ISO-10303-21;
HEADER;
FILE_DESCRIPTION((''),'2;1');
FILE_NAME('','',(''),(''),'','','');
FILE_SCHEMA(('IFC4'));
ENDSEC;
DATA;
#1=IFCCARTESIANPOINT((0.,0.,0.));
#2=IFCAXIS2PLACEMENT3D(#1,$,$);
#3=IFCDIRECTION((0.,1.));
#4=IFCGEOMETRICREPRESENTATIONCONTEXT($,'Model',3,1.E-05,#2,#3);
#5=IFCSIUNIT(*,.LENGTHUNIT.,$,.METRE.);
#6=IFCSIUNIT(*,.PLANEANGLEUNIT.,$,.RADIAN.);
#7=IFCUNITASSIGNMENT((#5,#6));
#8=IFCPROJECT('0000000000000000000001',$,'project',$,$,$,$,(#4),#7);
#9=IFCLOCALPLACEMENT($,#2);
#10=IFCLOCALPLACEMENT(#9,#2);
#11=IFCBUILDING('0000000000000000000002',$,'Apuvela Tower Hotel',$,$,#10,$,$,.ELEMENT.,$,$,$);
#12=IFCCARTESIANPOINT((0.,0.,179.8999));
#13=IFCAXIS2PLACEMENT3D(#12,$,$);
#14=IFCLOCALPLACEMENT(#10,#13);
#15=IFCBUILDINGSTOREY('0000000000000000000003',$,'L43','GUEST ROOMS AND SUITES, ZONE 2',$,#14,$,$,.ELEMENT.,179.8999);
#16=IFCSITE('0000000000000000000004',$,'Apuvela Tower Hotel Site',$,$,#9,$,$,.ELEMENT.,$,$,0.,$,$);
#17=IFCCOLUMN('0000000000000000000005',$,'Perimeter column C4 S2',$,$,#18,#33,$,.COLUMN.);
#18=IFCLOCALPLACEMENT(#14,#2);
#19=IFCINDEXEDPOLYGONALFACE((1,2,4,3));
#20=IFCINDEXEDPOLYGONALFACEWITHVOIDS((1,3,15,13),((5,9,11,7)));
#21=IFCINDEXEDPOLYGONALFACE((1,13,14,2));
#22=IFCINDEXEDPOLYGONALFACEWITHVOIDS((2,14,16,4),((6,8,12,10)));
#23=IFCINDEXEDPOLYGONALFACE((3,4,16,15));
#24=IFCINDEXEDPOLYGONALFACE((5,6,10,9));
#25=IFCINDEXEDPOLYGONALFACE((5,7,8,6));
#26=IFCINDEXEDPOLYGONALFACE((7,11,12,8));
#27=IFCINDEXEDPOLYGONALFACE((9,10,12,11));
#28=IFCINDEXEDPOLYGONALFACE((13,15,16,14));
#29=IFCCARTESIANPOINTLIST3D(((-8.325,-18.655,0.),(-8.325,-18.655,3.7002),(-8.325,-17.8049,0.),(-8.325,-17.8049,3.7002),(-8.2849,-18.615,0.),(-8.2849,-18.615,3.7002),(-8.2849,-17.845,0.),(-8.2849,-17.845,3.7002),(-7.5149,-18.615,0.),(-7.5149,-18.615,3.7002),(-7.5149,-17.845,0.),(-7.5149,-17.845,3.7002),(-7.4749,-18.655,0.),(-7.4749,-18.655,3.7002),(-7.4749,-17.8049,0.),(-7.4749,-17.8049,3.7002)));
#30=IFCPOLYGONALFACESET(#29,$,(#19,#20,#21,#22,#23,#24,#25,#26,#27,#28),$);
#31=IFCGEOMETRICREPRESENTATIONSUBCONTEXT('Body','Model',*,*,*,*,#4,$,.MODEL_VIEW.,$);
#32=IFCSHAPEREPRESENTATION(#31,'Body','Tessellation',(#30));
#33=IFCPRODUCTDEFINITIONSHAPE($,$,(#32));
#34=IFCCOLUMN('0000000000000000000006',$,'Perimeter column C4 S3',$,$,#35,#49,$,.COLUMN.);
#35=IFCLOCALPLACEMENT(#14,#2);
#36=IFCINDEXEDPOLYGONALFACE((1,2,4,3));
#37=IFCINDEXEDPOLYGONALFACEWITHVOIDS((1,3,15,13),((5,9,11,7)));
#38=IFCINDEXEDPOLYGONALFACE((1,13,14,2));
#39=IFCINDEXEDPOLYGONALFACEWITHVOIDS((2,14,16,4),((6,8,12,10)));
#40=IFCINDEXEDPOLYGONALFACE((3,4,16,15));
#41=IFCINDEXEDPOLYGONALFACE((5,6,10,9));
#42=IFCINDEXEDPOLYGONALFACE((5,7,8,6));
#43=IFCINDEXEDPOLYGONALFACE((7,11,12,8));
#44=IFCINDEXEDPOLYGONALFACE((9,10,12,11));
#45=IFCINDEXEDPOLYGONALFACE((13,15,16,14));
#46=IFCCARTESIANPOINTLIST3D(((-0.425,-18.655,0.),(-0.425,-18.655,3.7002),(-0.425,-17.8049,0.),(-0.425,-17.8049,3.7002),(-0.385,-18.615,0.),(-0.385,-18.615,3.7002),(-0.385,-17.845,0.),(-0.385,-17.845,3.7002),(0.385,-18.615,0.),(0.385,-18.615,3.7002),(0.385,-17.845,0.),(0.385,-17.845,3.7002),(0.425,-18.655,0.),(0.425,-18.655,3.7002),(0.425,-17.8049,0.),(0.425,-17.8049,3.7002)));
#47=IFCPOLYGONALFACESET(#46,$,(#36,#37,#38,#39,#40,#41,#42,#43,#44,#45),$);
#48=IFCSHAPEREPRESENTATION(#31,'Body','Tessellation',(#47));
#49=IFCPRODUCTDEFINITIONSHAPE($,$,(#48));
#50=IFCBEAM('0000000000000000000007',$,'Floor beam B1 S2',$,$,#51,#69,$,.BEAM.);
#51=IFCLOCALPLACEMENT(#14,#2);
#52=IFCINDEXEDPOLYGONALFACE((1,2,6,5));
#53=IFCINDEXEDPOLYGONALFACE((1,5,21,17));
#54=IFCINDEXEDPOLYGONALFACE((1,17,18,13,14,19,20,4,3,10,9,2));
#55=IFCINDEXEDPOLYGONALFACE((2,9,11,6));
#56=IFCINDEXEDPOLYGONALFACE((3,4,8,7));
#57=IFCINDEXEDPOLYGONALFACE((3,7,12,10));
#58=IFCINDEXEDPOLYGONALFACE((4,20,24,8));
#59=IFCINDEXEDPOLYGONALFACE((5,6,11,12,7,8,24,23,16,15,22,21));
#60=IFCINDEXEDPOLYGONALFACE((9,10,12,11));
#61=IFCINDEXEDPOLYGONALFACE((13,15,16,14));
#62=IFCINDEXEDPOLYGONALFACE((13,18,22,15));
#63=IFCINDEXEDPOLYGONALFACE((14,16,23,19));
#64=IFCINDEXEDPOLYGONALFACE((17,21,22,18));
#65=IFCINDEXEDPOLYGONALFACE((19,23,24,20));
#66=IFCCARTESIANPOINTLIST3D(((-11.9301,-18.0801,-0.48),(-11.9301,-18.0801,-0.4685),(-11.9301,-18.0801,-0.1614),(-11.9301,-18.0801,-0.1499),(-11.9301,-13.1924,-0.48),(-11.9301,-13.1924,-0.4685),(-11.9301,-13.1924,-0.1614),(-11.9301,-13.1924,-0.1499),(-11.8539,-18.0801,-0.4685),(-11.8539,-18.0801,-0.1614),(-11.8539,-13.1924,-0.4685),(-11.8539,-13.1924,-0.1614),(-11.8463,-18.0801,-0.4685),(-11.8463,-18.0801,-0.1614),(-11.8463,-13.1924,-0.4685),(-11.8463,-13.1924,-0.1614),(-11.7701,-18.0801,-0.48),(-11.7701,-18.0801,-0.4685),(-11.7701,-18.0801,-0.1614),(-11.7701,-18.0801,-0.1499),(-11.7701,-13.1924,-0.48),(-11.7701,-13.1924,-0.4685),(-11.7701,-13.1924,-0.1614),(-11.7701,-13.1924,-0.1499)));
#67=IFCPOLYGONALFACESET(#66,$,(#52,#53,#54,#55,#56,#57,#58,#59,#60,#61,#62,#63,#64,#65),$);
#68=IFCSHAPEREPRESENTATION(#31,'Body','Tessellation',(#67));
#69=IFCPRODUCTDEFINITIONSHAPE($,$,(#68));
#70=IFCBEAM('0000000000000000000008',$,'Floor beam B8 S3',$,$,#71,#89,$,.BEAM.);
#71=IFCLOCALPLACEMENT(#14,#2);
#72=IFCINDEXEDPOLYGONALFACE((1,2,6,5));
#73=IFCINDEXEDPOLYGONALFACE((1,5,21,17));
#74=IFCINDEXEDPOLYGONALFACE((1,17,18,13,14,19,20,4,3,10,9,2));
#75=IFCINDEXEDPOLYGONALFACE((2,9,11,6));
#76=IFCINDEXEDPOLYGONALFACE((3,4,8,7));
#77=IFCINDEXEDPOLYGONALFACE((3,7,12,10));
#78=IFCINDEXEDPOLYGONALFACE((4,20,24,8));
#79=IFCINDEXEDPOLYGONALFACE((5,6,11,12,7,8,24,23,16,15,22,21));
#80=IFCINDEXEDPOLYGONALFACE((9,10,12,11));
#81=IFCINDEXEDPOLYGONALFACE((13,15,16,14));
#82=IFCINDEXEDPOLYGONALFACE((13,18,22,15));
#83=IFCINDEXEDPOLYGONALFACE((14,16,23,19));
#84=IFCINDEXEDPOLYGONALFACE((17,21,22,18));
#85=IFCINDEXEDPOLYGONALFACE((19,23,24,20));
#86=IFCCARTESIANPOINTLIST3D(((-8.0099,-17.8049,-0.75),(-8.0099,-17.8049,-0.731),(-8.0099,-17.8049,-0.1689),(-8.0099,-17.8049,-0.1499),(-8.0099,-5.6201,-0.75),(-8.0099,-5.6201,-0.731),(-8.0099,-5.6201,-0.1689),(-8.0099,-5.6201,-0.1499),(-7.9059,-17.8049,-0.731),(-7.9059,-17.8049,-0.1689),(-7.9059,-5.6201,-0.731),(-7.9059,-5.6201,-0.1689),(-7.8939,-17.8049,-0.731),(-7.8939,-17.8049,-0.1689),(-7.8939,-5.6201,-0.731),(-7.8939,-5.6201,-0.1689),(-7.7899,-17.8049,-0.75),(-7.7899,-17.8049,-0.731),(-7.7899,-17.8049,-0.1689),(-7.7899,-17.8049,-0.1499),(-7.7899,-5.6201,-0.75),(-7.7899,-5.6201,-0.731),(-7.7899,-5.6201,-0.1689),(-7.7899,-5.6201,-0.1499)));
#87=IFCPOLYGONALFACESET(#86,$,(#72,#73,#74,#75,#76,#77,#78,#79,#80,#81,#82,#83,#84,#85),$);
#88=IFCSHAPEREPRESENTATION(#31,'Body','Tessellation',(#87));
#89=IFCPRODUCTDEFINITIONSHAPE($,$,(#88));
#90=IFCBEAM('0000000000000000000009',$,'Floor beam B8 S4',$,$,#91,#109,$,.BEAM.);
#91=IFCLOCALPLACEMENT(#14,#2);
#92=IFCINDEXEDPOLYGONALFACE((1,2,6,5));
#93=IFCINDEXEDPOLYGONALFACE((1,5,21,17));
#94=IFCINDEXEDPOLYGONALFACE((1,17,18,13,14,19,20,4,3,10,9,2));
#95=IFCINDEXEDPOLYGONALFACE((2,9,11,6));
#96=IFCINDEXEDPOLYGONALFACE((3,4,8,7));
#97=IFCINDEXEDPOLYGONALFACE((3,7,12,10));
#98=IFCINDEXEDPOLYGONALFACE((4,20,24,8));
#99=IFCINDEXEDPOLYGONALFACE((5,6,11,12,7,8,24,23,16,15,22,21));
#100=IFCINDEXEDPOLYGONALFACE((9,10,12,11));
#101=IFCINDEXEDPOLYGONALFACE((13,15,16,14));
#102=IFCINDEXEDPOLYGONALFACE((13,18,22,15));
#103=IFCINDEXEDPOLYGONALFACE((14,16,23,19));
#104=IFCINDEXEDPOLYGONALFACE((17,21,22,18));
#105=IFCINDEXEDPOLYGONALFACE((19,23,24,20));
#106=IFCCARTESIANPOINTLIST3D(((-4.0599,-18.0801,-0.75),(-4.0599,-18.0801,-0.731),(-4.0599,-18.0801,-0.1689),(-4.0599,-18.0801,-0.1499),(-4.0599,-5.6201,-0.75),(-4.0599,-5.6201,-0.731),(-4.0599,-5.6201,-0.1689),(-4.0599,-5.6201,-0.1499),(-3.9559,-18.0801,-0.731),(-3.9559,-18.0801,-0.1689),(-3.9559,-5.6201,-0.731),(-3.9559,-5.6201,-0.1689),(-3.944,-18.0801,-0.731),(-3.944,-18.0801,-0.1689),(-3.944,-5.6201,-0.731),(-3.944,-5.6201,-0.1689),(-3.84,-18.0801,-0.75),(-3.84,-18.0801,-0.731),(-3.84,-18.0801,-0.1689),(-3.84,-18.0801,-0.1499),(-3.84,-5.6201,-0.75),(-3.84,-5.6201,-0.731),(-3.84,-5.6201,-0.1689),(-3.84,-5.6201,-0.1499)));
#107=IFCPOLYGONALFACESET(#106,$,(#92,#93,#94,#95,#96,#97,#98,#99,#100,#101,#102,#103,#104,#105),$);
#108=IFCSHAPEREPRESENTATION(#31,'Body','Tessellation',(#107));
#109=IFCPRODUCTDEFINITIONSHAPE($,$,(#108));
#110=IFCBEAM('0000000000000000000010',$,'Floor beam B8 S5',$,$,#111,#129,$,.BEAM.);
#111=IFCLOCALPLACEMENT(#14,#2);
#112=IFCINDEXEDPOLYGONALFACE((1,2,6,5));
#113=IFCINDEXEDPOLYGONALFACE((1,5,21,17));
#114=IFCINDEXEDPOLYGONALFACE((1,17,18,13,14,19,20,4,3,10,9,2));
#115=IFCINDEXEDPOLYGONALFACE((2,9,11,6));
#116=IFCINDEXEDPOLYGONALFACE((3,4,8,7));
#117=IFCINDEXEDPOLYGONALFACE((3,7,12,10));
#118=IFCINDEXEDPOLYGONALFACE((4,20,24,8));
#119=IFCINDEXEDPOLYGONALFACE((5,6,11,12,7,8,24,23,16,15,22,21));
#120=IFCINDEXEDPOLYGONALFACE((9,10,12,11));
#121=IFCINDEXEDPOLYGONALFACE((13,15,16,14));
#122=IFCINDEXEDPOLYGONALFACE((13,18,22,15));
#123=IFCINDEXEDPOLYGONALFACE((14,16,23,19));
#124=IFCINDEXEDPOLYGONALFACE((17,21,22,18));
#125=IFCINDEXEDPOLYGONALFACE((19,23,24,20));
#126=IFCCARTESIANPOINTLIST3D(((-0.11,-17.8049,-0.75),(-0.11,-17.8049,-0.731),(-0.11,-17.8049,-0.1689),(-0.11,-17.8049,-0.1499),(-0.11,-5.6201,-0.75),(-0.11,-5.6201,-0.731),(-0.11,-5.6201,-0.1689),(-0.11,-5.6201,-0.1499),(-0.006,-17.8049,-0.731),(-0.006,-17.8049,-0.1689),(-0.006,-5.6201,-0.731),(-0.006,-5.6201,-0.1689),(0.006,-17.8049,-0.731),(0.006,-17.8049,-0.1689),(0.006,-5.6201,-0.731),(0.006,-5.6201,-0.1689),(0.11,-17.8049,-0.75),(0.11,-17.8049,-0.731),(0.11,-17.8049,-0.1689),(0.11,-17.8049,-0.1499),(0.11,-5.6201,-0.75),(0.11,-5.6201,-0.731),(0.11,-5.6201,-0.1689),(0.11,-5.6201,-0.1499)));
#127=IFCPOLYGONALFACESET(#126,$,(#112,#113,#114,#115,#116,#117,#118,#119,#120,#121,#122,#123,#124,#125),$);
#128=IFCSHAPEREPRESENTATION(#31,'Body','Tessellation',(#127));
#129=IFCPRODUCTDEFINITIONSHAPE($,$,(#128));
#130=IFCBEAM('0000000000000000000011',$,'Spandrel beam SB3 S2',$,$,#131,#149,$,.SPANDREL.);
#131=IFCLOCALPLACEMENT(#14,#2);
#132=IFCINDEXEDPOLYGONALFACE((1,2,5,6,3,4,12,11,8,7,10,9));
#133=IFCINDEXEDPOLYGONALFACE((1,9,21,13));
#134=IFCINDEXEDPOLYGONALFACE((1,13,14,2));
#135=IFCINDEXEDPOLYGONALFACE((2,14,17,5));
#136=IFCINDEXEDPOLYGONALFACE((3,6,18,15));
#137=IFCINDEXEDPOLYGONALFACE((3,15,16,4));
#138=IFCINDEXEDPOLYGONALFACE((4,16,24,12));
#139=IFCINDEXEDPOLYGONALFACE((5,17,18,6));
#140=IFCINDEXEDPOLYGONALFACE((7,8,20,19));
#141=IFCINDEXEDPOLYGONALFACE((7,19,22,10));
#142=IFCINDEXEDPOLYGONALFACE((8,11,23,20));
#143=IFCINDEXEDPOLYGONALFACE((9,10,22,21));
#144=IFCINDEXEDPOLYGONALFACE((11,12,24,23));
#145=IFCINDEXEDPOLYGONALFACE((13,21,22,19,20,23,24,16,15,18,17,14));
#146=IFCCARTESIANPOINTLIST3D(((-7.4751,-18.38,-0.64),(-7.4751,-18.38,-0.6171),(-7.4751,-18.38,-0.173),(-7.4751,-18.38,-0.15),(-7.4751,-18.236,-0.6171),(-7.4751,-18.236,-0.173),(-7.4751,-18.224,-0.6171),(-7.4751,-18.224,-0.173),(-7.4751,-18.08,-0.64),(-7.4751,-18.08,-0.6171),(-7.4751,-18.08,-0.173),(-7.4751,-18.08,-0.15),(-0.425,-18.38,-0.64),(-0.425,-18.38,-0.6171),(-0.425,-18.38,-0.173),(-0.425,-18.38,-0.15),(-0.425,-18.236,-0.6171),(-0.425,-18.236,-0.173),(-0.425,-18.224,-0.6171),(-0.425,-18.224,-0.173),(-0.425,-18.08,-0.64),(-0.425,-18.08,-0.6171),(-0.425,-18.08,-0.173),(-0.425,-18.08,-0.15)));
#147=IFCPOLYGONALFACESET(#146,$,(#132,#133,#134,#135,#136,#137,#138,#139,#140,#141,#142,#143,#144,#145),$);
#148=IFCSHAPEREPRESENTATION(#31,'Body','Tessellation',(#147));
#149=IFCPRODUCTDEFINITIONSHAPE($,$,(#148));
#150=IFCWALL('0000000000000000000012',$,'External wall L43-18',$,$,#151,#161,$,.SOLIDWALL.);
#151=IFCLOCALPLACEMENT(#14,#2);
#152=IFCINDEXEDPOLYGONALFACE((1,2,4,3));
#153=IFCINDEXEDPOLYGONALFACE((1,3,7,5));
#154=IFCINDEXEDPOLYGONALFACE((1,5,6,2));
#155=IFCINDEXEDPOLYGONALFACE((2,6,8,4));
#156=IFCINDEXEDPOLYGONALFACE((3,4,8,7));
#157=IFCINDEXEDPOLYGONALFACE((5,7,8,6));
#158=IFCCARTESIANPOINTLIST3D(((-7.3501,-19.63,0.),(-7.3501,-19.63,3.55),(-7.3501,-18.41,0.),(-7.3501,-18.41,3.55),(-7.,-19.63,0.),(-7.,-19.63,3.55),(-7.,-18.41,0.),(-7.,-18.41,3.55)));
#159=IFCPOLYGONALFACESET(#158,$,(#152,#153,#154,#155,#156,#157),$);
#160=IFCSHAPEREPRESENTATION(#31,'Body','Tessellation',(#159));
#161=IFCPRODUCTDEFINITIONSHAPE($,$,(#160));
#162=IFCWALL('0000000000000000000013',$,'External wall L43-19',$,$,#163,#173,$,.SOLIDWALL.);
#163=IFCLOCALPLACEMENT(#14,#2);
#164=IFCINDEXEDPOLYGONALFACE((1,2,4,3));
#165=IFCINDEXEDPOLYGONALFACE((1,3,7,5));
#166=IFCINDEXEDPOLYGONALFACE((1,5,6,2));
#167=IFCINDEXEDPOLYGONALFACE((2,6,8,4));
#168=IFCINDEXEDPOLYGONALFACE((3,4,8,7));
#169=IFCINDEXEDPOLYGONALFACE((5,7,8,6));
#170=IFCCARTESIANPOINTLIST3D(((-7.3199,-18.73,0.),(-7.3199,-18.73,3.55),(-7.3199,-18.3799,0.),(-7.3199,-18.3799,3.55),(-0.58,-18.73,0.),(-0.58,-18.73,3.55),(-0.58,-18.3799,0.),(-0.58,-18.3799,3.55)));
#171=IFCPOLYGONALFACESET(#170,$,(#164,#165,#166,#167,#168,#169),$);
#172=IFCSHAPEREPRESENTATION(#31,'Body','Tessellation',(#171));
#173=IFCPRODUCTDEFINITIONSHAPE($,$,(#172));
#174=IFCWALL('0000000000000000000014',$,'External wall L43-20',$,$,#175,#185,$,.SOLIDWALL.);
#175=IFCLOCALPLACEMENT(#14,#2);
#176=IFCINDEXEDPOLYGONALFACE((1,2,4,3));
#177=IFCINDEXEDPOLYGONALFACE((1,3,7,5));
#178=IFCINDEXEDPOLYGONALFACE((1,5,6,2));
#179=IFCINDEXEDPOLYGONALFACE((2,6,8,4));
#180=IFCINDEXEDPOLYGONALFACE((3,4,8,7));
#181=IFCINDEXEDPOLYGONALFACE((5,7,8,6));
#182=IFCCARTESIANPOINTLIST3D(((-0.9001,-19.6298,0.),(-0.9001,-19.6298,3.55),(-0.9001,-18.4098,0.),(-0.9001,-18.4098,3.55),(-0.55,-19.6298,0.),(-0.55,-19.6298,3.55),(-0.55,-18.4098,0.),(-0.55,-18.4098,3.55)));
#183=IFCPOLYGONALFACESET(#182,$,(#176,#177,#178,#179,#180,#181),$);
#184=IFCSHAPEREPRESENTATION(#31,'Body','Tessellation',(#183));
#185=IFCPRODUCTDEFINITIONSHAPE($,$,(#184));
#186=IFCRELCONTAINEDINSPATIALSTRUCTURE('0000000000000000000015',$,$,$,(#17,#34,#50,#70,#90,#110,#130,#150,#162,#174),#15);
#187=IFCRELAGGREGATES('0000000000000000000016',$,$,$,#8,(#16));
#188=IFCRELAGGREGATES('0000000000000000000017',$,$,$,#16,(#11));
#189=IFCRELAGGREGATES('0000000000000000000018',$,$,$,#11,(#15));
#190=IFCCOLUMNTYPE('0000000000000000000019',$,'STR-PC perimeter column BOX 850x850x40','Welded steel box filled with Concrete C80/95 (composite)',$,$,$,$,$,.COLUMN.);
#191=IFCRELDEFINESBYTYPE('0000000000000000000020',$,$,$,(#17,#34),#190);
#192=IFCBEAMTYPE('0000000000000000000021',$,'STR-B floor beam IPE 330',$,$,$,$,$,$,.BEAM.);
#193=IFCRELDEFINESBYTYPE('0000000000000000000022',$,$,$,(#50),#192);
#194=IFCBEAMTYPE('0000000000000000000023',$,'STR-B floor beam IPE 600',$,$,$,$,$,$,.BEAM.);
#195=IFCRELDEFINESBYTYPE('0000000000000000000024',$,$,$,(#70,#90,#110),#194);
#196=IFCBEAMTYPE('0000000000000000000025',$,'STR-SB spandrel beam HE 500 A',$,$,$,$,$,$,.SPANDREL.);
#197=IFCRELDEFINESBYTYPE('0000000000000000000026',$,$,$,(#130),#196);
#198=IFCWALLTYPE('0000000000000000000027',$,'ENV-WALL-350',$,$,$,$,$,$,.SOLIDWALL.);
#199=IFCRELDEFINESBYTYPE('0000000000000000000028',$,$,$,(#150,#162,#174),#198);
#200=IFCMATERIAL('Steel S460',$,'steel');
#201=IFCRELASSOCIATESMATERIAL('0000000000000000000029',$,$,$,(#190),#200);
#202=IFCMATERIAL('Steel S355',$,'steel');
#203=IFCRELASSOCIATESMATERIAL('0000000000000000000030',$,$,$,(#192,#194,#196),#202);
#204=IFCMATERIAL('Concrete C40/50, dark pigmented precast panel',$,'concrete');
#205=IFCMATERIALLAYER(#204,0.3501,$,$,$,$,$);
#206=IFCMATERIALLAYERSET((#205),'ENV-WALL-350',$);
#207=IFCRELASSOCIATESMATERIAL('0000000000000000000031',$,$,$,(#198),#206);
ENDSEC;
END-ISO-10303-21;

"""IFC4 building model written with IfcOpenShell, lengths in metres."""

from ifc_helpers import new_model, si_unit, direction, frame, frame_2d, origin, origin_2d, place, context, subcontext, project, spatial, rectangle, hollow_rectangle, i_section, extrude, material, layer, layer_set, material_profile, profile_set, type_object, element, save


model = new_model("IFC4")

# Units and contexts
model_context = context("Model", 3, precision=1e-05, world=origin(), true_north=direction((0.0, 1.0)))
body_context = subcontext(model_context, "Body", "Model", "MODEL_VIEW")
ifc_project = project(units=[si_unit("LENGTHUNIT", "METRE"), si_unit("PLANEANGLEUNIT", "RADIAN")], contexts=[model_context])

# Site, building, storey
site_placement = place(None, origin())
site = spatial("IfcSite", under=ifc_project, at=site_placement, Name="Apuvela Tower Hotel Site", CompositionType="ELEMENT", RefElevation=0.0)
building_placement = place(site_placement, origin())
building = spatial("IfcBuilding", under=site, at=building_placement, Name="Apuvela Tower Hotel", CompositionType="ELEMENT")
storey_placement = place(building_placement, frame((0.0, 0.0, 179.8999)))
storey = spatial("IfcBuildingStorey", under=building, at=storey_placement, Name="L43", Description="GUEST ROOMS AND SUITES, ZONE 2", CompositionType="ELEMENT", Elevation=179.8999)

# Columns
ifc_material_1 = material(Name="Steel S460", Category="steel")
ifc_material_profile_1 = material_profile(ifc_material_1, hollow_rectangle(XDim=0.8501, YDim=0.8501, WallThickness=0.04, at=origin_2d()), Name="BOX 850x850x40")
ifc_material_2 = material(Name="Concrete C80/95", Category="concrete")
ifc_material_profile_2 = material_profile(ifc_material_2, rectangle(XDim=0.77, YDim=0.77, at=origin_2d()), Name="Concrete C80/95 infill")
ifc_profile_set_1 = profile_set([ifc_material_profile_1, ifc_material_profile_2], Name="Steel S460")
column_type = type_object("IfcColumnType", Name="STR-PC perimeter column BOX 850x850x40", Description="Welded steel box filled with Concrete C80/95 (composite)", PredefinedType="COLUMN", material=ifc_profile_set_1)
for number, where, z_axis, x_axis, name in (
    (1, (-7.8999, -18.23, 0.0), (0.0, 0.0, 1.0), (-1.0, 0.0, 0.0), "Perimeter column C4 S2"),
    (2, (0.0, -18.23, 0.0), (0.0, 0.0, 1.0), (-1.0, 0.0, 0.0), "Perimeter column C4 S3"),
):
    element("IfcColumn", number, at=place(storey_placement, frame(where, z_axis=z_axis, x_axis=x_axis)), inside=storey, type_object=column_type, Name=name, PredefinedType="COLUMN", context=body_context, shape_type="SweptSolid", body=[
        extrude(hollow_rectangle(XDim=0.8501, YDim=0.8501, WallThickness=0.04, at=origin_2d()), origin(), (0.0, 0.0, 1.0), 3.7002),
    ])

# Beams
ifc_material_3 = material(Name="Steel S355", Category="steel")
ifc_material_profile_3 = material_profile(ifc_material_3, i_section(OverallWidth=0.1599, OverallDepth=0.3301, WebThickness=0.0076, FlangeThickness=0.0115, at=origin_2d()), Name="IPE 330")
ifc_profile_set_2 = profile_set([ifc_material_profile_3], Name="Steel S355")
beam_type_1 = type_object("IfcBeamType", Name="STR-B floor beam IPE 330", PredefinedType="BEAM", material=ifc_profile_set_2)
beam_1_placement = place(storey_placement, frame((-11.8501, -18.0801, -0.3149), z_axis=(0.0, 1.0, 0.0), x_axis=(-1.0, 0.0, 0.0)))
element("IfcBeam", 3, at=beam_1_placement, inside=storey, type_object=beam_type_1, Name="Floor beam B1 S2", PredefinedType="BEAM", context=body_context, shape_type="SweptSolid", body=[
    extrude(i_section(OverallWidth=0.1599, OverallDepth=0.3301, WebThickness=0.0076, FlangeThickness=0.0115, at=origin_2d()), origin(), (0.0, 0.0, 1.0), 4.8877),
])
ifc_material_profile_4 = material_profile(ifc_material_3, i_section(OverallWidth=0.22, OverallDepth=0.6001, WebThickness=0.012, FlangeThickness=0.019, at=origin_2d()), Name="IPE 600")
ifc_profile_set_3 = profile_set([ifc_material_profile_4], Name="Steel S355")
beam_type_2 = type_object("IfcBeamType", Name="STR-B floor beam IPE 600", PredefinedType="BEAM", material=ifc_profile_set_3)
beam_2_placement = place(storey_placement, frame((-7.8999, -17.8049, -0.45), z_axis=(0.0, 1.0, 0.0), x_axis=(-1.0, 0.0, 0.0)))
element("IfcBeam", 4, at=beam_2_placement, inside=storey, type_object=beam_type_2, Name="Floor beam B8 S3", PredefinedType="BEAM", context=body_context, shape_type="SweptSolid", body=[
    extrude(i_section(OverallWidth=0.22, OverallDepth=0.6001, WebThickness=0.012, FlangeThickness=0.019, at=origin_2d()), origin(), (0.0, 0.0, 1.0), 12.1848),
])
beam_3_placement = place(storey_placement, frame((-3.95, -18.0801, -0.45), z_axis=(0.0, 1.0, 0.0), x_axis=(-1.0, 0.0, 0.0)))
element("IfcBeam", 5, at=beam_3_placement, inside=storey, type_object=beam_type_2, Name="Floor beam B8 S4", PredefinedType="BEAM", context=body_context, shape_type="SweptSolid", body=[
    extrude(i_section(OverallWidth=0.22, OverallDepth=0.6001, WebThickness=0.012, FlangeThickness=0.019, at=origin_2d()), origin(), (0.0, 0.0, 1.0), 12.46),
])
beam_4_placement = place(storey_placement, frame((0.0, -17.8049, -0.45), z_axis=(0.0, 1.0, 0.0), x_axis=(-1.0, 0.0, 0.0)))
element("IfcBeam", 6, at=beam_4_placement, inside=storey, type_object=beam_type_2, Name="Floor beam B8 S5", PredefinedType="BEAM", context=body_context, shape_type="SweptSolid", body=[
    extrude(i_section(OverallWidth=0.22, OverallDepth=0.6001, WebThickness=0.012, FlangeThickness=0.019, at=origin_2d()), origin(), (0.0, 0.0, 1.0), 12.1848),
])
ifc_material_profile_5 = material_profile(ifc_material_3, i_section(OverallWidth=0.3, OverallDepth=0.49, WebThickness=0.012, FlangeThickness=0.0229, at=origin_2d()), Name="HE 500 A")
ifc_profile_set_4 = profile_set([ifc_material_profile_5], Name="Steel S355")
beam_type_3 = type_object("IfcBeamType", Name="STR-SB spandrel beam HE 500 A", PredefinedType="SPANDREL", material=ifc_profile_set_4)
beam_5_placement = place(storey_placement, frame((-7.4751, -18.23, -0.395), z_axis=(1.0, 0.0, 0.0), x_axis=(0.0, 1.0, 0.0)))
element("IfcBeam", 7, at=beam_5_placement, inside=storey, type_object=beam_type_3, Name="Spandrel beam SB3 S2", PredefinedType="SPANDREL", context=body_context, shape_type="SweptSolid", body=[
    extrude(i_section(OverallWidth=0.3, OverallDepth=0.49, WebThickness=0.012, FlangeThickness=0.0229, at=origin_2d()), origin(), (0.0, 0.0, 1.0), 7.05),
])

# Walls
ifc_material_4 = material(Name="Concrete C40/50, dark pigmented precast panel", Category="concrete")
ifc_layer_1 = layer(ifc_material_4, 0.3501)
ifc_layer_set_1 = layer_set([ifc_layer_1], Name="ENV-WALL-350")
wall_type_1 = type_object("IfcWallType", Name="ENV-WALL-350", PredefinedType="SOLIDWALL", material=ifc_layer_set_1)
wall_1_placement = place(storey_placement, frame((-7.175, -19.6299, 0.0), z_axis=(0.0, 0.0, 1.0), x_axis=(0.0, 1.0, 0.0)))
element("IfcWall", 8, at=wall_1_placement, inside=storey, type_object=wall_type_1, Name="External wall L43-18", PredefinedType="SOLIDWALL", context=body_context, shape_type="SweptSolid", body=[
    extrude(rectangle(XDim=1.22, YDim=0.3501, at=frame_2d((0.6099, 0.0))), origin(), (0.0, 0.0, 1.0), 3.55),
])
wall_2_placement = place(storey_placement, frame((-7.3201, -18.5549, 0.0), z_axis=(0.0, 0.0, 1.0), x_axis=(1.0, 0.0, 0.0)))
element("IfcWall", 9, at=wall_2_placement, inside=storey, type_object=wall_type_1, Name="External wall L43-19", PredefinedType="SOLIDWALL", context=body_context, shape_type="SweptSolid", body=[
    extrude(rectangle(XDim=6.74, YDim=0.3501, at=frame_2d((3.3701, 0.0))), origin(), (0.0, 0.0, 1.0), 3.55),
])
wall_3_placement = place(storey_placement, frame((-0.7251, -18.4099, 0.0), z_axis=(0.0, 0.0, 1.0), x_axis=(0.0, -1.0, 0.0)))
element("IfcWall", 10, at=wall_3_placement, inside=storey, type_object=wall_type_1, Name="External wall L43-20", PredefinedType="SOLIDWALL", context=body_context, shape_type="SweptSolid", body=[
    extrude(rectangle(XDim=1.22, YDim=0.3501, at=frame_2d((0.6099, 0.0))), origin(), (0.0, 0.0, 1.0), 3.55),
])

save(model, "model.ifc")
